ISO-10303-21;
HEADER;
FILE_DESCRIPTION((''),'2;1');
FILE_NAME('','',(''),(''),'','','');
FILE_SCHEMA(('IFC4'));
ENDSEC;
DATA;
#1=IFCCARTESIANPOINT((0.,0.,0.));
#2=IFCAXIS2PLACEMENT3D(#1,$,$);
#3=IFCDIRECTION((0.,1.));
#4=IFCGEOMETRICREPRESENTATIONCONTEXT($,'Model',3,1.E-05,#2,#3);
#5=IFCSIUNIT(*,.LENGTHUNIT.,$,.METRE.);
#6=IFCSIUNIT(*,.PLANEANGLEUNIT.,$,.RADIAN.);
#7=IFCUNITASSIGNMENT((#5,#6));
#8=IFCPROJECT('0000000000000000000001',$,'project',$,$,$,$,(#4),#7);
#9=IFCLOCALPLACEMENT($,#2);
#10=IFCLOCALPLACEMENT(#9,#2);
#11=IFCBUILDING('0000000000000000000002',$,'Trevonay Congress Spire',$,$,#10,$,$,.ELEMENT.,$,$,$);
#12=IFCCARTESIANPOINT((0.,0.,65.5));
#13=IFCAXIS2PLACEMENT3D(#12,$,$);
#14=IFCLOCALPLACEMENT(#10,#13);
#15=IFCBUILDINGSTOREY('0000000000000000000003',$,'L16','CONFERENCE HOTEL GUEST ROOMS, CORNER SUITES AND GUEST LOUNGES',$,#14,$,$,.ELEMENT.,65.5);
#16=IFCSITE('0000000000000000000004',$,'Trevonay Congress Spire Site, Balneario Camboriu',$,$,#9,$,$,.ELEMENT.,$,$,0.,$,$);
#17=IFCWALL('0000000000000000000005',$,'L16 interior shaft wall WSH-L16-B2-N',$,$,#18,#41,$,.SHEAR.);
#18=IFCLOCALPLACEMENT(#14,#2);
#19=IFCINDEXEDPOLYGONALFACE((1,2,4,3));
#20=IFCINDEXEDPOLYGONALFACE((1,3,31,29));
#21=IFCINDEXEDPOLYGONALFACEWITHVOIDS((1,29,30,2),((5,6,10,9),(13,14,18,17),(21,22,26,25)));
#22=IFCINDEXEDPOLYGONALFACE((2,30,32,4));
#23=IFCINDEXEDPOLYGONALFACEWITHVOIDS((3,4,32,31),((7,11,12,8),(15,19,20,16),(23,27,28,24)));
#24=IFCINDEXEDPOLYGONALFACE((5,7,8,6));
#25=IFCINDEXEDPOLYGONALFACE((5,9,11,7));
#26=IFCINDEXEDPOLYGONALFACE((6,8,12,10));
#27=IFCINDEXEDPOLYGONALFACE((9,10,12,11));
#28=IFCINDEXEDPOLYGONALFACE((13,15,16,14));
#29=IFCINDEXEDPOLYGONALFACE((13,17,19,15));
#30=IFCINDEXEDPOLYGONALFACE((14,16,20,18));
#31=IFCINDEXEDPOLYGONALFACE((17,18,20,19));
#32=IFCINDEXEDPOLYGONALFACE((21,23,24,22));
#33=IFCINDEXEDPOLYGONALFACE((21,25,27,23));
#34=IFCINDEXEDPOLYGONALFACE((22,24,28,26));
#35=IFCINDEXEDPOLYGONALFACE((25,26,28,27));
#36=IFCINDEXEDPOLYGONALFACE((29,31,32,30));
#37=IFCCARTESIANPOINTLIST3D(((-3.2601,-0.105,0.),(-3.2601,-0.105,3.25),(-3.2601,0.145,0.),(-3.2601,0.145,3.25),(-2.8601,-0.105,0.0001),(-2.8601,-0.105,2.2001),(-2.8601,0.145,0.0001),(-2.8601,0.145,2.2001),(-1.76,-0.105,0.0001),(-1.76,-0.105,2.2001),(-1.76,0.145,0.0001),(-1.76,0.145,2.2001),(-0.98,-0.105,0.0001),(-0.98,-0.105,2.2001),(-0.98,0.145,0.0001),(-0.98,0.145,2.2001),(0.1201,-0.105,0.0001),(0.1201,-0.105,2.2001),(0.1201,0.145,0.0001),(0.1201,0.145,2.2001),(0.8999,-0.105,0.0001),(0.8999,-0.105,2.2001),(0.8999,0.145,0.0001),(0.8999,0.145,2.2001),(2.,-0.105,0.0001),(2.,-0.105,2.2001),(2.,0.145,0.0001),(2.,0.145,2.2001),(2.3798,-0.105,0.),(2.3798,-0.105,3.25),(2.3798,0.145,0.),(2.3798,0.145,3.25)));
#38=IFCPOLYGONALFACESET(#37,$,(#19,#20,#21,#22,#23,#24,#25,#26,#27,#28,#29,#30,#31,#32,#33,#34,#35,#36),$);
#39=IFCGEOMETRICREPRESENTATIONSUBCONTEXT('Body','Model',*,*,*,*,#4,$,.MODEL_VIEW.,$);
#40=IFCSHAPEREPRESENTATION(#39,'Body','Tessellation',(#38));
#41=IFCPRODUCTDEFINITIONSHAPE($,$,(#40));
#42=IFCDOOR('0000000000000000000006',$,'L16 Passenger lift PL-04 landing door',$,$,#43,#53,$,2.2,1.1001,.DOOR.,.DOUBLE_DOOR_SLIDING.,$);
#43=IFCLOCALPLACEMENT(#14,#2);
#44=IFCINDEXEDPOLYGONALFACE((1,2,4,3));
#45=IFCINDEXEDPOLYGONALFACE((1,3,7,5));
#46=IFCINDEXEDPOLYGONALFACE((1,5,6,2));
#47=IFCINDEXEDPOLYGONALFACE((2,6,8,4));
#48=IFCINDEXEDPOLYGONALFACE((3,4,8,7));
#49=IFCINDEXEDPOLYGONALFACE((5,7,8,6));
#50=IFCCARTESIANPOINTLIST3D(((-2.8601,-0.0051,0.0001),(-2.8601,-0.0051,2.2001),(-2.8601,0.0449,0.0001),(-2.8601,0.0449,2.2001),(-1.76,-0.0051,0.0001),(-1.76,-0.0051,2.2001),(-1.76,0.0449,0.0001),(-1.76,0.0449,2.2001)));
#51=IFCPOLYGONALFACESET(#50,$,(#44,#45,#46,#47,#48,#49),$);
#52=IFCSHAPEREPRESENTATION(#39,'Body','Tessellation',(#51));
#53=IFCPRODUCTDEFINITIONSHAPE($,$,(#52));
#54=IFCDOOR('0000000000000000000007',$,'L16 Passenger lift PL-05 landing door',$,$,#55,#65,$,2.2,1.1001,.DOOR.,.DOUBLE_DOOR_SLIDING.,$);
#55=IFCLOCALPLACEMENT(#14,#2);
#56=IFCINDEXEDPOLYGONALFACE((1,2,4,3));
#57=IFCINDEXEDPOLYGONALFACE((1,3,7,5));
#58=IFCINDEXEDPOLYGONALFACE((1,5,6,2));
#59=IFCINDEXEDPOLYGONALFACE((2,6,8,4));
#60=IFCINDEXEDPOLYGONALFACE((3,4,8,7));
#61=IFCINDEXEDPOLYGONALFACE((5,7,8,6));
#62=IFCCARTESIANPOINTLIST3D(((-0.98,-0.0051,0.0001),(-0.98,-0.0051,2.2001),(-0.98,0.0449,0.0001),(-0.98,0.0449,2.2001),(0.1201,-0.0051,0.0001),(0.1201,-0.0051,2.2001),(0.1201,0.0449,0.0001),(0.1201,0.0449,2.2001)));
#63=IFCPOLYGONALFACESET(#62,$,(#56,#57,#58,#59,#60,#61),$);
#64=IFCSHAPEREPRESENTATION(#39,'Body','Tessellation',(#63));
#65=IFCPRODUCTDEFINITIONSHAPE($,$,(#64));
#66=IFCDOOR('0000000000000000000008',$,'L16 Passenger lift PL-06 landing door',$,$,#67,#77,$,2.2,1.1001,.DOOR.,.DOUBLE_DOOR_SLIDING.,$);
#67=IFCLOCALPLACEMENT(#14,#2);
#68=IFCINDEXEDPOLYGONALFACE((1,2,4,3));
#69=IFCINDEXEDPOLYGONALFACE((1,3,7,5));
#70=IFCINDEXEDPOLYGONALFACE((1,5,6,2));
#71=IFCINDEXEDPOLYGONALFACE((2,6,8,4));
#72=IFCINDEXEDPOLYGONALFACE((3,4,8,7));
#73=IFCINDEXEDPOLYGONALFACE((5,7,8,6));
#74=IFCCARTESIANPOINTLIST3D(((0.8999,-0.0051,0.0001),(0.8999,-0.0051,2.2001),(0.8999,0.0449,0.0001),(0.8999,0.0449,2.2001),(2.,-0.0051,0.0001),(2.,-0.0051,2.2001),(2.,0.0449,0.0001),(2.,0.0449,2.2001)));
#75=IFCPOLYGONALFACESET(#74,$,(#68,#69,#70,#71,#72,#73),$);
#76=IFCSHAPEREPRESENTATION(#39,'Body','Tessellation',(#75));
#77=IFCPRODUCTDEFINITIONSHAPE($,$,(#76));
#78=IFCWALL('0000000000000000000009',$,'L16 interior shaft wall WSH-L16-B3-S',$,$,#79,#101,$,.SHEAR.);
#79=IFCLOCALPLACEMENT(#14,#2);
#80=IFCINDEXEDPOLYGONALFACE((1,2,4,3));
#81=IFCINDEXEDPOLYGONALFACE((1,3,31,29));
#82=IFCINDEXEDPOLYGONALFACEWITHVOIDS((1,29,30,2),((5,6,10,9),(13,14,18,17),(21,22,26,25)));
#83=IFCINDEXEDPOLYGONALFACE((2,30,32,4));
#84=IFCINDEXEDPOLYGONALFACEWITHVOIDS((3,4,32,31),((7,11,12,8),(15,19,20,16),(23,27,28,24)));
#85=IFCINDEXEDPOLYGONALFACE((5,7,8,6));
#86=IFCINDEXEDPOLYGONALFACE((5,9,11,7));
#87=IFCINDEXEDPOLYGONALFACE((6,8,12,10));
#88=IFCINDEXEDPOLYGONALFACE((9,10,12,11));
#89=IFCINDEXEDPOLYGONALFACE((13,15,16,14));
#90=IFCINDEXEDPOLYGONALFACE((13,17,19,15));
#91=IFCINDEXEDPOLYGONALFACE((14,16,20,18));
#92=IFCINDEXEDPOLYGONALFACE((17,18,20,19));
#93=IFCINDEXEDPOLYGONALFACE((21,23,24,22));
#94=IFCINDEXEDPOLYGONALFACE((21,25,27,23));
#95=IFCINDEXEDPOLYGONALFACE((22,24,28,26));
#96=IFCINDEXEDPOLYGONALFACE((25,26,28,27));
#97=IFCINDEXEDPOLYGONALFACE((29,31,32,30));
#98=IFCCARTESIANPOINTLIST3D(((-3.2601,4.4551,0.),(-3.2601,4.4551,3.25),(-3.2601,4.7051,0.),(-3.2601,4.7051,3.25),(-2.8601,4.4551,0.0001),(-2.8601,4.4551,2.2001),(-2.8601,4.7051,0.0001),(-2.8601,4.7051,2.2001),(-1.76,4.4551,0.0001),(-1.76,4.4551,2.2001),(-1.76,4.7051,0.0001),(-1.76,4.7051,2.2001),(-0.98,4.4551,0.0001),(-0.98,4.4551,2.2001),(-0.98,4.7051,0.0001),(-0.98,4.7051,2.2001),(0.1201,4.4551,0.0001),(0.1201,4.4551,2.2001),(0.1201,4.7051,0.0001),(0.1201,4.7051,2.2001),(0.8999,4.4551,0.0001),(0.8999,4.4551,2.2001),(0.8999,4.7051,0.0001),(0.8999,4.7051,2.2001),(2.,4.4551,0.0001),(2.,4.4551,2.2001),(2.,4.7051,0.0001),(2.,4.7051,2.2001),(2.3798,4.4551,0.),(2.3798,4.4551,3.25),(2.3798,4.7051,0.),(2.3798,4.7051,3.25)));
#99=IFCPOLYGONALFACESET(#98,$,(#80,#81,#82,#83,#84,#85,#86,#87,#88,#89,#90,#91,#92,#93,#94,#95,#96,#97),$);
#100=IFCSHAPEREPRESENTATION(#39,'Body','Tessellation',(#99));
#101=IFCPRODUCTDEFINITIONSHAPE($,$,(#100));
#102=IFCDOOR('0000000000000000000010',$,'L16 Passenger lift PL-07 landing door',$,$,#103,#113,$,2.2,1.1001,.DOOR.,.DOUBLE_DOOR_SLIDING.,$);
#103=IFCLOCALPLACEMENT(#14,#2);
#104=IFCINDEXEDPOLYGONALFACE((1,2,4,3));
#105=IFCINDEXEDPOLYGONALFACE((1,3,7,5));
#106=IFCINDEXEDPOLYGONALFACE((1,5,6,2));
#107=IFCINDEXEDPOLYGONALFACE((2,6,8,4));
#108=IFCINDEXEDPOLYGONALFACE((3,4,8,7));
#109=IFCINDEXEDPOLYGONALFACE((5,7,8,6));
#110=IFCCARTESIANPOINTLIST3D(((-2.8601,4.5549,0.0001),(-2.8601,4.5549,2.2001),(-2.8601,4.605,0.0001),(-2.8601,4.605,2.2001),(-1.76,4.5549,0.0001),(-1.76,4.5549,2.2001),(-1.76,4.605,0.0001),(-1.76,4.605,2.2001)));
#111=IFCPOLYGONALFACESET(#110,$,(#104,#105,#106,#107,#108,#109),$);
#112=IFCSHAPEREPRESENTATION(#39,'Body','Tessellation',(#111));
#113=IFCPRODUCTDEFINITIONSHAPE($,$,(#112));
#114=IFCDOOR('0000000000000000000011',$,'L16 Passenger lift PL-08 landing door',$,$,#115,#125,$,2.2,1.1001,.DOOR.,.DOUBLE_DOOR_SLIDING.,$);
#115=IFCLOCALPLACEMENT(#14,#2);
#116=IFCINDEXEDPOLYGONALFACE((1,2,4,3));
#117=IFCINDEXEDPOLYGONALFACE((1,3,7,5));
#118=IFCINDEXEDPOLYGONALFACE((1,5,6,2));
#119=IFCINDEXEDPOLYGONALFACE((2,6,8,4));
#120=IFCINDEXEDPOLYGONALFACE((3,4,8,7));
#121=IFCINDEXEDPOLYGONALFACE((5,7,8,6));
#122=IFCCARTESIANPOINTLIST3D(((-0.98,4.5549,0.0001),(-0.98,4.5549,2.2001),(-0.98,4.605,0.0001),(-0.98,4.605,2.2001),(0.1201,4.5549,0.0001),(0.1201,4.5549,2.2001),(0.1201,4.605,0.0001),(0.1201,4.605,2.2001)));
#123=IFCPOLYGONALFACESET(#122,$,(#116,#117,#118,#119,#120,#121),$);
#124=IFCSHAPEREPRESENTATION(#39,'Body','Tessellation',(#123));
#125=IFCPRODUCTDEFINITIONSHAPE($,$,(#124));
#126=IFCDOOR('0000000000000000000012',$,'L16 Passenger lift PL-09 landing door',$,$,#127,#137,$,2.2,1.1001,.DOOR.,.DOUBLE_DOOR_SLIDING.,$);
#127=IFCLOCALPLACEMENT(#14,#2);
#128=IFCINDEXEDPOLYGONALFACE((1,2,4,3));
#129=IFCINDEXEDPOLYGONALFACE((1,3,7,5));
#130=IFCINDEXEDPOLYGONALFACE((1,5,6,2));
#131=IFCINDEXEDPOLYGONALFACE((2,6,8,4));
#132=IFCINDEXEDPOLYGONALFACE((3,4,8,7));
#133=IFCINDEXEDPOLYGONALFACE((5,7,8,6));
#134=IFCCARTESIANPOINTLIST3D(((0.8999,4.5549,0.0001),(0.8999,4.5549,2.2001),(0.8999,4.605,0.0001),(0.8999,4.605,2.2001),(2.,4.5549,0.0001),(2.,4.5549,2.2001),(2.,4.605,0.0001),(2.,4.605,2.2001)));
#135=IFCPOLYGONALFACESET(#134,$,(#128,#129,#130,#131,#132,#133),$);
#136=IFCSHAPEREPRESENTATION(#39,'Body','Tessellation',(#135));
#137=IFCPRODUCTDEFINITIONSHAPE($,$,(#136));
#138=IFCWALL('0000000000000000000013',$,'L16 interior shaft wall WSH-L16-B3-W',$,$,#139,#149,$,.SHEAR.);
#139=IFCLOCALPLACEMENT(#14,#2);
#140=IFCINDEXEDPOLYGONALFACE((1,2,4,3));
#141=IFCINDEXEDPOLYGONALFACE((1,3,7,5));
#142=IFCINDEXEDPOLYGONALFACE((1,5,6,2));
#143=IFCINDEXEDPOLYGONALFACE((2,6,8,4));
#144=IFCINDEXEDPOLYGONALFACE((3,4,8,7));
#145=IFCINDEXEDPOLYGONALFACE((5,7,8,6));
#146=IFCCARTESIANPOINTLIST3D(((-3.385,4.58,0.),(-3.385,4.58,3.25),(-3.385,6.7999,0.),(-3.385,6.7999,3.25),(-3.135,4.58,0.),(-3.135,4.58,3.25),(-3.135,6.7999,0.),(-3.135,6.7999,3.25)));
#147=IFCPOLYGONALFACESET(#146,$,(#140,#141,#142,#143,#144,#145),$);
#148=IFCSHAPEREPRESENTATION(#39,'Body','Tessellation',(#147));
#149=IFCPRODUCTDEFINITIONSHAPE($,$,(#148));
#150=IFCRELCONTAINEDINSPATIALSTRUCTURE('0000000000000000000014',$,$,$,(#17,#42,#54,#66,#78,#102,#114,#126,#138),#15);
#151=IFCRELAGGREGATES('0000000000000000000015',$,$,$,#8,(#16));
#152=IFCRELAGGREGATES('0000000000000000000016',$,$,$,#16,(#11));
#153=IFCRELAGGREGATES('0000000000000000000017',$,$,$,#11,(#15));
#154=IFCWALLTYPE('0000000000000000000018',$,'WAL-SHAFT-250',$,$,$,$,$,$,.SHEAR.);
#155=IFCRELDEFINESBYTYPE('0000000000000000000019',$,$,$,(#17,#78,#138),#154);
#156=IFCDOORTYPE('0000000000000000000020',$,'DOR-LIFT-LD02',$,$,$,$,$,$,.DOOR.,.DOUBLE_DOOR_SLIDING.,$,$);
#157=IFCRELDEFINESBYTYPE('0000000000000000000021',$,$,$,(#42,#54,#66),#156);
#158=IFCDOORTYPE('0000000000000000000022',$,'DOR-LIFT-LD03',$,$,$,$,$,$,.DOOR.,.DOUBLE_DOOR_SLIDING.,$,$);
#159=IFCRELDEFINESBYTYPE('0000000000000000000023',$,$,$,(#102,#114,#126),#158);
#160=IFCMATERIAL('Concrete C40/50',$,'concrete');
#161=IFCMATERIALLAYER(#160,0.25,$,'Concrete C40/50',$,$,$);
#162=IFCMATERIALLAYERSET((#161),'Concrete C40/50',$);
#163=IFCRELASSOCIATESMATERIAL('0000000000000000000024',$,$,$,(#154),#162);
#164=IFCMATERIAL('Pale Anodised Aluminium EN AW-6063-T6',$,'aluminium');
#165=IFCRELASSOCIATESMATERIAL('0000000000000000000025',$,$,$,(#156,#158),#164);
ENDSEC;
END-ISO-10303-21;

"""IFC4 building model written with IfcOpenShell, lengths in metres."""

from ifc_helpers import new_model, si_unit, direction, frame, frame_2d, origin, place, context, subcontext, project, spatial, rectangle, extrude, material, layer, layer_set, type_object, element, fill, save


model = new_model("IFC4")

# Units and contexts
model_context = context("Model", 3, precision=1e-05, world=origin(), true_north=direction((0.0, 1.0)))
body_context = subcontext(model_context, "Body", "Model", "MODEL_VIEW")
ifc_project = project(units=[si_unit("LENGTHUNIT", "METRE"), si_unit("PLANEANGLEUNIT", "RADIAN")], contexts=[model_context])

# Site, building, storey
site_placement = place(None, origin())
site = spatial("IfcSite", under=ifc_project, at=site_placement, Name="Trevonay Congress Spire Site, Balneario Camboriu", CompositionType="ELEMENT", RefElevation=0.0)
building_placement = place(site_placement, origin())
building = spatial("IfcBuilding", under=site, at=building_placement, Name="Trevonay Congress Spire", CompositionType="ELEMENT")
storey_placement = place(building_placement, frame((0.0, 0.0, 65.5)))
storey = spatial("IfcBuildingStorey", under=building, at=storey_placement, Name="L16", Description="CONFERENCE HOTEL GUEST ROOMS, CORNER SUITES AND GUEST LOUNGES", CompositionType="ELEMENT", Elevation=65.5)

# Shared definitions
ifc_material_1 = material(Name="Pale Anodised Aluminium EN AW-6063-T6", Category="aluminium")

# Shared definitions
ifc_material_2 = material(Name="Concrete C40/50", Category="concrete")

# Walls, openings, doors
ifc_layer_1 = layer(ifc_material_2, 0.25, Name="Concrete C40/50")
ifc_layer_set_1 = layer_set([ifc_layer_1], Name="Concrete C40/50")
wall_type_1 = type_object("IfcWallType", Name="WAL-SHAFT-250", PredefinedType="SHEAR", material=ifc_layer_set_1)
wall_1_placement = place(storey_placement, frame((-3.26, 0.02, 0.0), z_axis=(0.0, 0.0, 1.0), x_axis=(1.0, 0.0, 0.0)))
wall_1 = element("IfcWall", 1, at=wall_1_placement, inside=storey, type_object=wall_type_1, Name="L16 interior shaft wall WSH-L16-B2-N", PredefinedType="SHEAR", context=body_context, shape_type="SweptSolid", body=[
    extrude(rectangle(XDim=5.6399, YDim=0.25, at=frame_2d((2.8198, 0.0))), origin(), (0.0, 0.0, 1.0), 3.25),
])
opening_1_placement = place(wall_1_placement, frame((0.3999, 0.0, 0.0)))
opening_1 = element("IfcOpeningElement", 2, at=opening_1_placement, cuts=wall_1, PredefinedType="OPENING", context=body_context, shape_type="SweptSolid", body=[
    extrude(rectangle(XDim=1.1001, YDim=2.2, at=frame_2d((0.55, 1.1001))), frame((0.0, 0.135, 0.0), z_axis=(0.0, -1.0, 0.0), x_axis=(1.0, 0.0, 0.0)), (0.0, 0.0, 1.0), 0.27),
])
opening_2_placement = place(wall_1_placement, frame((2.28, 0.0, 0.0)))
opening_2 = element("IfcOpeningElement", 3, at=opening_2_placement, cuts=wall_1, PredefinedType="OPENING", context=body_context, shape_type="SweptSolid", body=[
    extrude(rectangle(XDim=1.1001, YDim=2.2, at=frame_2d((0.55, 1.1001))), frame((0.0, 0.135, 0.0), z_axis=(0.0, -1.0, 0.0), x_axis=(1.0, 0.0, 0.0)), (0.0, 0.0, 1.0), 0.27),
])
opening_3_placement = place(wall_1_placement, frame((4.1599, 0.0, 0.0)))
opening_3 = element("IfcOpeningElement", 4, at=opening_3_placement, cuts=wall_1, PredefinedType="OPENING", context=body_context, shape_type="SweptSolid", body=[
    extrude(rectangle(XDim=1.1001, YDim=2.2, at=frame_2d((0.55, 1.1001))), frame((0.0, 0.135, 0.0), z_axis=(0.0, -1.0, 0.0), x_axis=(1.0, 0.0, 0.0)), (0.0, 0.0, 1.0), 0.27),
])
door_type_1 = type_object("IfcDoorType", Name="DOR-LIFT-LD02", OperationType="DOUBLE_DOOR_SLIDING", PredefinedType="DOOR", material=ifc_material_1)
door_1_placement = place(opening_1_placement, origin())
door_1 = element("IfcDoor", 5, at=door_1_placement, inside=storey, type_object=door_type_1, Name="L16 Passenger lift PL-04 landing door", OperationType="DOUBLE_DOOR_SLIDING", OverallHeight=2.2, OverallWidth=1.1001, PredefinedType="DOOR", context=body_context, shape_type="SweptSolid", body=[
    extrude(rectangle(XDim=1.1001, YDim=2.2, at=frame_2d((0.55, 1.1001))), frame((0.0, 0.0249, 0.0), z_axis=(0.0, -1.0, 0.0), x_axis=(1.0, 0.0, 0.0)), (0.0, 0.0, 1.0), 0.05),
])
fill(opening_1, door_1)
door_2_placement = place(opening_2_placement, origin())
door_2 = element("IfcDoor", 6, at=door_2_placement, inside=storey, type_object=door_type_1, Name="L16 Passenger lift PL-05 landing door", OperationType="DOUBLE_DOOR_SLIDING", OverallHeight=2.2, OverallWidth=1.1001, PredefinedType="DOOR", context=body_context, shape_type="SweptSolid", body=[
    extrude(rectangle(XDim=1.1001, YDim=2.2, at=frame_2d((0.55, 1.1001))), frame((0.0, 0.0249, 0.0), z_axis=(0.0, -1.0, 0.0), x_axis=(1.0, 0.0, 0.0)), (0.0, 0.0, 1.0), 0.05),
])
fill(opening_2, door_2)
door_3_placement = place(opening_3_placement, origin())
door_3 = element("IfcDoor", 7, at=door_3_placement, inside=storey, type_object=door_type_1, Name="L16 Passenger lift PL-06 landing door", OperationType="DOUBLE_DOOR_SLIDING", OverallHeight=2.2, OverallWidth=1.1001, PredefinedType="DOOR", context=body_context, shape_type="SweptSolid", body=[
    extrude(rectangle(XDim=1.1001, YDim=2.2, at=frame_2d((0.55, 1.1001))), frame((0.0, 0.0249, 0.0), z_axis=(0.0, -1.0, 0.0), x_axis=(1.0, 0.0, 0.0)), (0.0, 0.0, 1.0), 0.05),
])
fill(opening_3, door_3)
wall_2_placement = place(storey_placement, frame((-3.26, 4.5801, 0.0), z_axis=(0.0, 0.0, 1.0), x_axis=(1.0, 0.0, 0.0)))
wall_2 = element("IfcWall", 8, at=wall_2_placement, inside=storey, type_object=wall_type_1, Name="L16 interior shaft wall WSH-L16-B3-S", PredefinedType="SHEAR", context=body_context, shape_type="SweptSolid", body=[
    extrude(rectangle(XDim=5.6399, YDim=0.25, at=frame_2d((2.8198, 0.0))), origin(), (0.0, 0.0, 1.0), 3.25),
])
opening_4_placement = place(wall_2_placement, frame((0.3999, 0.0, 0.0)))
opening_4 = element("IfcOpeningElement", 9, at=opening_4_placement, cuts=wall_2, PredefinedType="OPENING", context=body_context, shape_type="SweptSolid", body=[
    extrude(rectangle(XDim=1.1001, YDim=2.2, at=frame_2d((0.55, 1.1001))), frame((0.0, 0.135, 0.0), z_axis=(0.0, -1.0, 0.0), x_axis=(1.0, 0.0, 0.0)), (0.0, 0.0, 1.0), 0.27),
])
opening_5_placement = place(wall_2_placement, frame((2.28, 0.0, 0.0)))
opening_5 = element("IfcOpeningElement", 10, at=opening_5_placement, cuts=wall_2, PredefinedType="OPENING", context=body_context, shape_type="SweptSolid", body=[
    extrude(rectangle(XDim=1.1001, YDim=2.2, at=frame_2d((0.55, 1.1001))), frame((0.0, 0.135, 0.0), z_axis=(0.0, -1.0, 0.0), x_axis=(1.0, 0.0, 0.0)), (0.0, 0.0, 1.0), 0.27),
])
opening_6_placement = place(wall_2_placement, frame((4.1599, 0.0, 0.0)))
opening_6 = element("IfcOpeningElement", 11, at=opening_6_placement, cuts=wall_2, PredefinedType="OPENING", context=body_context, shape_type="SweptSolid", body=[
    extrude(rectangle(XDim=1.1001, YDim=2.2, at=frame_2d((0.55, 1.1001))), frame((0.0, 0.135, 0.0), z_axis=(0.0, -1.0, 0.0), x_axis=(1.0, 0.0, 0.0)), (0.0, 0.0, 1.0), 0.27),
])
door_type_2 = type_object("IfcDoorType", Name="DOR-LIFT-LD03", OperationType="DOUBLE_DOOR_SLIDING", PredefinedType="DOOR", material=ifc_material_1)
door_4_placement = place(opening_4_placement, origin())
door_4 = element("IfcDoor", 12, at=door_4_placement, inside=storey, type_object=door_type_2, Name="L16 Passenger lift PL-07 landing door", OperationType="DOUBLE_DOOR_SLIDING", OverallHeight=2.2, OverallWidth=1.1001, PredefinedType="DOOR", context=body_context, shape_type="SweptSolid", body=[
    extrude(rectangle(XDim=1.1001, YDim=2.2, at=frame_2d((0.55, 1.1001))), frame((0.0, 0.0249, 0.0), z_axis=(0.0, -1.0, 0.0), x_axis=(1.0, 0.0, 0.0)), (0.0, 0.0, 1.0), 0.05),
])
fill(opening_4, door_4)
door_5_placement = place(opening_5_placement, origin())
door_5 = element("IfcDoor", 13, at=door_5_placement, inside=storey, type_object=door_type_2, Name="L16 Passenger lift PL-08 landing door", OperationType="DOUBLE_DOOR_SLIDING", OverallHeight=2.2, OverallWidth=1.1001, PredefinedType="DOOR", context=body_context, shape_type="SweptSolid", body=[
    extrude(rectangle(XDim=1.1001, YDim=2.2, at=frame_2d((0.55, 1.1001))), frame((0.0, 0.0249, 0.0), z_axis=(0.0, -1.0, 0.0), x_axis=(1.0, 0.0, 0.0)), (0.0, 0.0, 1.0), 0.05),
])
fill(opening_5, door_5)
door_6_placement = place(opening_6_placement, origin())
door_6 = element("IfcDoor", 14, at=door_6_placement, inside=storey, type_object=door_type_2, Name="L16 Passenger lift PL-09 landing door", OperationType="DOUBLE_DOOR_SLIDING", OverallHeight=2.2, OverallWidth=1.1001, PredefinedType="DOOR", context=body_context, shape_type="SweptSolid", body=[
    extrude(rectangle(XDim=1.1001, YDim=2.2, at=frame_2d((0.55, 1.1001))), frame((0.0, 0.0249, 0.0), z_axis=(0.0, -1.0, 0.0), x_axis=(1.0, 0.0, 0.0)), (0.0, 0.0, 1.0), 0.05),
])
fill(opening_6, door_6)

# Wall
wall_3_placement = place(storey_placement, frame((-3.26, 4.5801, 0.0), z_axis=(0.0, 0.0, 1.0), x_axis=(0.0, 1.0, 0.0)))
element("IfcWall", 15, at=wall_3_placement, inside=storey, type_object=wall_type_1, Name="L16 interior shaft wall WSH-L16-B3-W", PredefinedType="SHEAR", context=body_context, shape_type="SweptSolid", body=[
    extrude(rectangle(XDim=2.22, YDim=0.25, at=frame_2d((1.1099, 0.0))), origin(), (0.0, 0.0, 1.0), 3.25),
])

save(model, "model.ifc")
